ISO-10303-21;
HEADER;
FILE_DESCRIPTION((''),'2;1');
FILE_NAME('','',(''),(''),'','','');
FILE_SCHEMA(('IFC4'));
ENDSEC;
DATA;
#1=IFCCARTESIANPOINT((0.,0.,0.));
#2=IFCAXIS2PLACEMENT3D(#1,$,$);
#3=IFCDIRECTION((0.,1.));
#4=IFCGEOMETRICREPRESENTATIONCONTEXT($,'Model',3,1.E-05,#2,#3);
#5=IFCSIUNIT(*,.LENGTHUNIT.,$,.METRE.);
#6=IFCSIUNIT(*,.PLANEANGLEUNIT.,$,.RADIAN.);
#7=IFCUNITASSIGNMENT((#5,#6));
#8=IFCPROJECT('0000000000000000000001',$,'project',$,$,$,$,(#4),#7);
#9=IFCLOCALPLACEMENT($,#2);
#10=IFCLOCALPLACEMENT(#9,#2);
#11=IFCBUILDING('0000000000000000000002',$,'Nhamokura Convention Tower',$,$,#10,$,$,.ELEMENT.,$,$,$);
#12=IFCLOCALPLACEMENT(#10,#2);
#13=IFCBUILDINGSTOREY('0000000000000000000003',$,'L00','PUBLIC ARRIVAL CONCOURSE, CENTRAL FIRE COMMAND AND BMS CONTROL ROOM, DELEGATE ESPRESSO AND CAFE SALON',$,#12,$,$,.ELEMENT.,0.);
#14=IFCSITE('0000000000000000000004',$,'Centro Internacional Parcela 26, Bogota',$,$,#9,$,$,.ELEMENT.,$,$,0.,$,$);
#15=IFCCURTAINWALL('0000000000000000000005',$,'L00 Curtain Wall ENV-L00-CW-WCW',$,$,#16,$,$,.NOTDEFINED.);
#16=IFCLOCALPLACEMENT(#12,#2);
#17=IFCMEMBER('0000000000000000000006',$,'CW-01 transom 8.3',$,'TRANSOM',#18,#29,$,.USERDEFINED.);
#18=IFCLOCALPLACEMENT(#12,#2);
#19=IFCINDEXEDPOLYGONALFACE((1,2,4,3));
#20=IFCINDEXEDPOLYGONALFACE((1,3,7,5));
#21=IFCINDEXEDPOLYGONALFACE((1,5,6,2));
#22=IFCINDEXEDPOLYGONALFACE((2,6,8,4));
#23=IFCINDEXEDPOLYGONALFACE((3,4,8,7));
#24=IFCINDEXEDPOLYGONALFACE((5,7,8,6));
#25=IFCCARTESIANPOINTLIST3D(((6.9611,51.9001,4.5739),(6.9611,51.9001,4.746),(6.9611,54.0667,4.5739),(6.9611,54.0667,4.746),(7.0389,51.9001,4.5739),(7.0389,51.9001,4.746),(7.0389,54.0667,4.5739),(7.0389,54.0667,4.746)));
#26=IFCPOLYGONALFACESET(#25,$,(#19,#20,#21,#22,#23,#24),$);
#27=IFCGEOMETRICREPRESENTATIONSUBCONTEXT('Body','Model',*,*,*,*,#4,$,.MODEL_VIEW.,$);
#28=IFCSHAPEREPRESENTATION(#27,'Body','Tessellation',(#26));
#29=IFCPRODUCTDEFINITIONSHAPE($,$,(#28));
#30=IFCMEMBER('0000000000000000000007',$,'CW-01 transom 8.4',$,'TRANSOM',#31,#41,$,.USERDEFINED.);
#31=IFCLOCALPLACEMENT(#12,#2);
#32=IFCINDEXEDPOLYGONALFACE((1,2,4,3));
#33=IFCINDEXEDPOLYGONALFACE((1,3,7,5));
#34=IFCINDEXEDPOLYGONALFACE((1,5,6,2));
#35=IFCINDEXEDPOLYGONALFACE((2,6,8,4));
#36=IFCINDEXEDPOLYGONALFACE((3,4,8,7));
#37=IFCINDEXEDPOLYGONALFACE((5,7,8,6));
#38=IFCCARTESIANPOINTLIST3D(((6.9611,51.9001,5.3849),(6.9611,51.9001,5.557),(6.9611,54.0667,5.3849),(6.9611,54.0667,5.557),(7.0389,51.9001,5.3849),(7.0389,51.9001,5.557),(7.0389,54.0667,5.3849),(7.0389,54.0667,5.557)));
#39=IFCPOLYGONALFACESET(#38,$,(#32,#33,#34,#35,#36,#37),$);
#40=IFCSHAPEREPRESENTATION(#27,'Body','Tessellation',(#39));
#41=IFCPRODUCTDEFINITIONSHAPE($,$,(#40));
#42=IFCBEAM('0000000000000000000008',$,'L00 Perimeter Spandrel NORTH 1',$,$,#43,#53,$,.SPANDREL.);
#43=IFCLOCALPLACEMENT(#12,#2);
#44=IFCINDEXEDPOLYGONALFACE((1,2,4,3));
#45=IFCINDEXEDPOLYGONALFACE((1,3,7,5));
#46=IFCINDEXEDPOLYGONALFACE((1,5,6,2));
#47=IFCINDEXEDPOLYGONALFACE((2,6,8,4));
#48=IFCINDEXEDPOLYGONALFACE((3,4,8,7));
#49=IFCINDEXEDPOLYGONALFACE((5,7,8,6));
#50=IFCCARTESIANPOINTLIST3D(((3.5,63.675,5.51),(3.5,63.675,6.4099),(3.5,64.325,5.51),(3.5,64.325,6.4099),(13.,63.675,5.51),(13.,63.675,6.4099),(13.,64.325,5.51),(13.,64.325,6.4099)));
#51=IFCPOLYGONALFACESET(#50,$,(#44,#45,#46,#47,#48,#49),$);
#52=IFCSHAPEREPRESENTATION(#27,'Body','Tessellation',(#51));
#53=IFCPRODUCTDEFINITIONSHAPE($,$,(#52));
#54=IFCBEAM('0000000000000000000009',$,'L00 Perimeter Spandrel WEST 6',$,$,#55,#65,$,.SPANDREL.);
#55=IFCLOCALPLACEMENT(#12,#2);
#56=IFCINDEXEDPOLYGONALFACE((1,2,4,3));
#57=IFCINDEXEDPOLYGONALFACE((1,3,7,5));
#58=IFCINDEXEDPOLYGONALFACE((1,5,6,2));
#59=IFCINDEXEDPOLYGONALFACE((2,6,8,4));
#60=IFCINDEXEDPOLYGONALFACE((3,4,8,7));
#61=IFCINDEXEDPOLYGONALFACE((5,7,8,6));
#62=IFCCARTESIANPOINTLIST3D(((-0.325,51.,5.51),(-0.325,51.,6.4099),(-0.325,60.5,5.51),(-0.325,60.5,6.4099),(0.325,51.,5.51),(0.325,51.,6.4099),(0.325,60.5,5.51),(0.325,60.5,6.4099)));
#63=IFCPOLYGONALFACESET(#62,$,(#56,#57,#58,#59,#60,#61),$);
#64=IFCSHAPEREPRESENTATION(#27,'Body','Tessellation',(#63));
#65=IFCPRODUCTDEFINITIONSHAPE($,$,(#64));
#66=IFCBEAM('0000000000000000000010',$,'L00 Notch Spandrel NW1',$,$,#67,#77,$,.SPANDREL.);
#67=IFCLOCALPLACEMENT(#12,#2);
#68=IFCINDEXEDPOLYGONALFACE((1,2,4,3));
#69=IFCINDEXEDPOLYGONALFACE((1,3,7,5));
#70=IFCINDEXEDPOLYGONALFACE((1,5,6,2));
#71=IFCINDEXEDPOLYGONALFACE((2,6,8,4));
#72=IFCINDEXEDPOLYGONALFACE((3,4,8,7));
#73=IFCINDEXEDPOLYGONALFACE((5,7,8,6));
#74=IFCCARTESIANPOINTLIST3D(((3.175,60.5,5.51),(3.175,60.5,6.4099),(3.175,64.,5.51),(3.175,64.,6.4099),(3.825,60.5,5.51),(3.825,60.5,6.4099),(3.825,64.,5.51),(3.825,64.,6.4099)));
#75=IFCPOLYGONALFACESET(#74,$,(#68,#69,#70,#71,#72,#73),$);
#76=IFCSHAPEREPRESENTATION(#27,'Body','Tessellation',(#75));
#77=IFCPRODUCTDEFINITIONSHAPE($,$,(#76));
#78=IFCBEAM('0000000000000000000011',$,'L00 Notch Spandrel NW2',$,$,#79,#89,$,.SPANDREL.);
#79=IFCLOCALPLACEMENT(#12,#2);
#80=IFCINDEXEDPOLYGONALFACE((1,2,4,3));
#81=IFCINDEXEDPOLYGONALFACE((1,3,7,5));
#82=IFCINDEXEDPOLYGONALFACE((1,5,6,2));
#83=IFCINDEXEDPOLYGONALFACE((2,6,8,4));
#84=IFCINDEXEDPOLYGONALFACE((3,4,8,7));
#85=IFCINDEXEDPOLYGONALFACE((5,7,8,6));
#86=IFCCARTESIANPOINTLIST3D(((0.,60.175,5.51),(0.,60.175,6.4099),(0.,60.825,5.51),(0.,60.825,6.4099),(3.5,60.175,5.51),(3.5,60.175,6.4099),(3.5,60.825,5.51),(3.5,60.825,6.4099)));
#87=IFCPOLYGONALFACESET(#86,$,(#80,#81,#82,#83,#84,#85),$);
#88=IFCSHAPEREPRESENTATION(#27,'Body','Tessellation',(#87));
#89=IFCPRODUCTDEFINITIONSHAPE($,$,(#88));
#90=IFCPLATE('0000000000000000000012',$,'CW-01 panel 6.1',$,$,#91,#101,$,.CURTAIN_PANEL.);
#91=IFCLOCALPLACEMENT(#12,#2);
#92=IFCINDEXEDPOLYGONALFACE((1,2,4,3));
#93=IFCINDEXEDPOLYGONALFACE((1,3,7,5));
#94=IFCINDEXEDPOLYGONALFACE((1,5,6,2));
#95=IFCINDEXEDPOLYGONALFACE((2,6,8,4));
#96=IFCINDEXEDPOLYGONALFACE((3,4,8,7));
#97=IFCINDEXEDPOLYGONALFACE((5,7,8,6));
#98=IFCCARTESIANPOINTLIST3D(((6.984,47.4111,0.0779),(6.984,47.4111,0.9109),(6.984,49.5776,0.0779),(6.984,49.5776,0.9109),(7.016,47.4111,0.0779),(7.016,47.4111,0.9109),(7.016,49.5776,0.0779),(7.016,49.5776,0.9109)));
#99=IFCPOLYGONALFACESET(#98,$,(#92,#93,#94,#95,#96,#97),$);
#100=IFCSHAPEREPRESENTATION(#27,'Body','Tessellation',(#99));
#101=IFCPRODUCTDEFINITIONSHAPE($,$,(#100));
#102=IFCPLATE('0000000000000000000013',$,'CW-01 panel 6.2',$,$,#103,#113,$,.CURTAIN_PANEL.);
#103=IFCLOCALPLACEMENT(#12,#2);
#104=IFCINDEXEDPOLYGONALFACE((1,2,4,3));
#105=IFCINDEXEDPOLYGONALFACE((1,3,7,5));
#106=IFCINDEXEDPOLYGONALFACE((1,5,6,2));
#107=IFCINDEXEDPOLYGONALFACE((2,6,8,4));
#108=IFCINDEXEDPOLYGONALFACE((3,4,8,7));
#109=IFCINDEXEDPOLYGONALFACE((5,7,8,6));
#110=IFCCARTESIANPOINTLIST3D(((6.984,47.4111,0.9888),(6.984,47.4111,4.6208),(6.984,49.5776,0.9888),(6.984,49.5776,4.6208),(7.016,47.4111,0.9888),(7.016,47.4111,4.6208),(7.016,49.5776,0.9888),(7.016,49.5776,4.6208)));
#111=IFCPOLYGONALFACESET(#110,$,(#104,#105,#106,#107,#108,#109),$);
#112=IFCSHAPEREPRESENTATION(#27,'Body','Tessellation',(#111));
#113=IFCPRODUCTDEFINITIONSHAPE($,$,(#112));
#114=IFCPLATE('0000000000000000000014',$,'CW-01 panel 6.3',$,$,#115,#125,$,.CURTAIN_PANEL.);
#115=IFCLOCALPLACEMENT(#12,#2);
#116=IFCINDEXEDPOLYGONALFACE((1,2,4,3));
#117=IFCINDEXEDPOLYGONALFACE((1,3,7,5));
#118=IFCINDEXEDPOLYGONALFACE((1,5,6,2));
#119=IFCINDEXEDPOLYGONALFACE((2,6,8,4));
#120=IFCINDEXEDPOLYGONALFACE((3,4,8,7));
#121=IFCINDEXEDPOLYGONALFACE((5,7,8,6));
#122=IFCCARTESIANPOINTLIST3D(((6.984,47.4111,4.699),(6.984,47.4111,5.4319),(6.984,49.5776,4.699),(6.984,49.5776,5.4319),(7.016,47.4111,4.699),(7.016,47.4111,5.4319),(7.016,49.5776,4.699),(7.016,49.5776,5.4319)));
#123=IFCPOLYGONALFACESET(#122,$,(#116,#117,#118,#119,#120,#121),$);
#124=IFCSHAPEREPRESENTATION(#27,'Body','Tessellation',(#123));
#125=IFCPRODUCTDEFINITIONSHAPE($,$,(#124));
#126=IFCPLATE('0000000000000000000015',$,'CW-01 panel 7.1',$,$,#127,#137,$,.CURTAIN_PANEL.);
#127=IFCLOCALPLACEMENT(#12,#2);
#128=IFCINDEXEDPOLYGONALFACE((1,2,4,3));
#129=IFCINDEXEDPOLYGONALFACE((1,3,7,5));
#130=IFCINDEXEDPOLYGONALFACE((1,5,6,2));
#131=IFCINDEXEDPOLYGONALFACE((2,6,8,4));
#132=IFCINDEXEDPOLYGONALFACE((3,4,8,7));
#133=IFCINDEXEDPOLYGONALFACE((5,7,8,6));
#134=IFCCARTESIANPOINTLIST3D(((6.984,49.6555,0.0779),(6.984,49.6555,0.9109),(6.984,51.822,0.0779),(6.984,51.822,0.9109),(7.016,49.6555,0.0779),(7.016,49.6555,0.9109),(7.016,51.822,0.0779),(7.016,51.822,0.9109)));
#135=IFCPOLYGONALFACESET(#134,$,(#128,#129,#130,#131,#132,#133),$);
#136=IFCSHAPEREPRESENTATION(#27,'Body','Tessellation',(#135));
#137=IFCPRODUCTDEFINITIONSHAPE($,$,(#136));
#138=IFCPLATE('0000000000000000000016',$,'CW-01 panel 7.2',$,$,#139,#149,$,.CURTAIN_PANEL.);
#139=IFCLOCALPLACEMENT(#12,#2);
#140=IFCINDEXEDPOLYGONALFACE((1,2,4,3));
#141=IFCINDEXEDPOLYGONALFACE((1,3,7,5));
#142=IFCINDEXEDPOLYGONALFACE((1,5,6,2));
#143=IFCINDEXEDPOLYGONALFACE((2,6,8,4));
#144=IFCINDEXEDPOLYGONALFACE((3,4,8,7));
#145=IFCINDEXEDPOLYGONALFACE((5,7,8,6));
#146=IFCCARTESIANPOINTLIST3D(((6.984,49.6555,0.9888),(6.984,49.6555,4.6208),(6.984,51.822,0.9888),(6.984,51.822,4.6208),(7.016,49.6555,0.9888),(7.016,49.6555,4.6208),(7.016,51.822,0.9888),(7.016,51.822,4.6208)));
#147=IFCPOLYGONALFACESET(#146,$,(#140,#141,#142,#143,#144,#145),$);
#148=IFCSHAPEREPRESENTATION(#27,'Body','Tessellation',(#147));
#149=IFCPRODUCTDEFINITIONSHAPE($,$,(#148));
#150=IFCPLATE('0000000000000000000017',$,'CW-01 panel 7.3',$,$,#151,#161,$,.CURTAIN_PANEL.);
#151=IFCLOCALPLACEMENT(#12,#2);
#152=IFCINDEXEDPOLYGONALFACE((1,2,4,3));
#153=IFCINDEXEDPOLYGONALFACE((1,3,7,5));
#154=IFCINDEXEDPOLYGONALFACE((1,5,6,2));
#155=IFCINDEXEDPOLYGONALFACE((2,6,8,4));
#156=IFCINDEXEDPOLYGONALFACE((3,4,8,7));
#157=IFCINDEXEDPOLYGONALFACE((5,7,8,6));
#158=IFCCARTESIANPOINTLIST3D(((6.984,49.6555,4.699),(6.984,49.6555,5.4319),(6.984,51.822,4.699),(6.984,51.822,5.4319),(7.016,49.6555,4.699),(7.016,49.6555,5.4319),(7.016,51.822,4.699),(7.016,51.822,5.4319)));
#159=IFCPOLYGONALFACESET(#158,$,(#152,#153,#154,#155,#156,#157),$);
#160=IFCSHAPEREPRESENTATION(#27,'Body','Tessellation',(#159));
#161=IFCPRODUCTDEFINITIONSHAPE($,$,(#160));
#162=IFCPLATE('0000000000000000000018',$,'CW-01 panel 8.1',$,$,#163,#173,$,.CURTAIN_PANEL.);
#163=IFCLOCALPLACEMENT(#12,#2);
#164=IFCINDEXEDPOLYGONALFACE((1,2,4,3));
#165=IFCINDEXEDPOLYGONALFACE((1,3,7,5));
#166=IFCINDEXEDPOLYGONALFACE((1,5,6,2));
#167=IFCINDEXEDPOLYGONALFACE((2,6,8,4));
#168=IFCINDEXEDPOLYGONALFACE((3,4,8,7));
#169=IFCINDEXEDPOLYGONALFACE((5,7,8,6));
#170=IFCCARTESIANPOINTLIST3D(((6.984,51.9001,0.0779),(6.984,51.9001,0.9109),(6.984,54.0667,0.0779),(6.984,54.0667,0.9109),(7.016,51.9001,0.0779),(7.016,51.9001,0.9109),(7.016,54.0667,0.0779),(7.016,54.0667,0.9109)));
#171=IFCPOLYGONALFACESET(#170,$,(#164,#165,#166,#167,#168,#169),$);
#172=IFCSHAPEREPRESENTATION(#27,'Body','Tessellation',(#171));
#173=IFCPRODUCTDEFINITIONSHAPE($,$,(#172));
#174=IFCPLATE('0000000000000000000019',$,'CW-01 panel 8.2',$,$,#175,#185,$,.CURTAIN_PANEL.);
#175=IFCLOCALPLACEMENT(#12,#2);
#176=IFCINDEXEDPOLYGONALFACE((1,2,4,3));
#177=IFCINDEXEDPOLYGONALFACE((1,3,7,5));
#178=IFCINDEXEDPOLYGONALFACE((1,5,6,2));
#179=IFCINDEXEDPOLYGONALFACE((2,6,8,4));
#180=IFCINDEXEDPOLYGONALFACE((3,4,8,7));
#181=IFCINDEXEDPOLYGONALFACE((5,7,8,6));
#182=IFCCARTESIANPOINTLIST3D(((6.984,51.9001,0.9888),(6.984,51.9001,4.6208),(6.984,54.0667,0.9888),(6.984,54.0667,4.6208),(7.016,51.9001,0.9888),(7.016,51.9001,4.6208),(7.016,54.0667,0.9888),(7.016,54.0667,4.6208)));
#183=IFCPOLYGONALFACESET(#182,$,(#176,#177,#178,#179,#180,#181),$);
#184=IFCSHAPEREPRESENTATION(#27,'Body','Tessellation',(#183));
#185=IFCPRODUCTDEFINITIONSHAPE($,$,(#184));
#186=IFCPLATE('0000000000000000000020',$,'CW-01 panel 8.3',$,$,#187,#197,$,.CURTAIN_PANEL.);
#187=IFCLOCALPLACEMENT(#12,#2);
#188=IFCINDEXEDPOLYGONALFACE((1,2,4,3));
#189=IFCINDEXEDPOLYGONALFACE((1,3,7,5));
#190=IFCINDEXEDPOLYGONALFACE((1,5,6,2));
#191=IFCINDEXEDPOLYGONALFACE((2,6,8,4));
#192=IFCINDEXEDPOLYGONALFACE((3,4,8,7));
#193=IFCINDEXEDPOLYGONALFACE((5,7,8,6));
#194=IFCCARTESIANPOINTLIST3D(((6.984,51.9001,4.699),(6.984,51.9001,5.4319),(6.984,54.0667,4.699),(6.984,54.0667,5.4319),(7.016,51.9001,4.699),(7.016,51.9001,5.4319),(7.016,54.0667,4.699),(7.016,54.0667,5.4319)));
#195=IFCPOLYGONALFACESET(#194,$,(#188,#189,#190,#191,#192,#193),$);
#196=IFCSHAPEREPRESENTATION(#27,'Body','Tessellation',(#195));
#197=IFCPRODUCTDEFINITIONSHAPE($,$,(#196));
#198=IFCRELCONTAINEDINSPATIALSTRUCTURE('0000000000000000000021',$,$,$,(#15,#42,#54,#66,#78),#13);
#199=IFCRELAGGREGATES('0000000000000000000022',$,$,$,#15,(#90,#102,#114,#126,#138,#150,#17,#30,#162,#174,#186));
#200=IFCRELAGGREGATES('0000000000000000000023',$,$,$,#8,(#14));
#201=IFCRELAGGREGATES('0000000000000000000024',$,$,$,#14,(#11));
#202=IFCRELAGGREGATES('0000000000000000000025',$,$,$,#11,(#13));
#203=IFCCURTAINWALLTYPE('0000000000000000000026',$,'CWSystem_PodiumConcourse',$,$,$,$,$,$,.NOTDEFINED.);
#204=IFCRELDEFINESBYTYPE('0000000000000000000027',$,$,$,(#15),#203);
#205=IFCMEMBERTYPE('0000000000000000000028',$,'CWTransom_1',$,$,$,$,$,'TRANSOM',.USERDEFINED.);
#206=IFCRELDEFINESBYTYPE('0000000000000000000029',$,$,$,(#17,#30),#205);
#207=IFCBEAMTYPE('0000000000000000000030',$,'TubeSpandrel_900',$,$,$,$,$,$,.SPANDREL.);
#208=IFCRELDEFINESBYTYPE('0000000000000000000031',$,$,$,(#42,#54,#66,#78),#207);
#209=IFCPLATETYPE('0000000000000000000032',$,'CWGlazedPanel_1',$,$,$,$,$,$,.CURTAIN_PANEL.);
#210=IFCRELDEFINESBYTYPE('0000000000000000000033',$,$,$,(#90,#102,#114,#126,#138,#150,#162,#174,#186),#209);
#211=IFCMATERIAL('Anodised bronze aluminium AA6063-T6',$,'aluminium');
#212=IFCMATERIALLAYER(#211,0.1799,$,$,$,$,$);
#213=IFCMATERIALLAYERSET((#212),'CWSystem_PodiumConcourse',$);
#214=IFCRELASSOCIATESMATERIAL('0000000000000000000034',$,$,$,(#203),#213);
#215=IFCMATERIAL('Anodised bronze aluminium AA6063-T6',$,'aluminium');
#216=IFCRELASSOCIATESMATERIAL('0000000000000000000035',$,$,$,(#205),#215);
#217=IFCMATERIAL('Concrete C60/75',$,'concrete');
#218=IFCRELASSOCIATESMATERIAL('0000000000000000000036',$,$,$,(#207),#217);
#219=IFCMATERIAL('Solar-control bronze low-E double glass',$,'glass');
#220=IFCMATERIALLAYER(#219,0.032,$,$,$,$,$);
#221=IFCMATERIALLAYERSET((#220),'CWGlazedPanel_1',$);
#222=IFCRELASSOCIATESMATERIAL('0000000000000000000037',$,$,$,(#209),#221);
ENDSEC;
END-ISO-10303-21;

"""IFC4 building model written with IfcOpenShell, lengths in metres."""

from ifc_helpers import new_model, si_unit, direction, frame, origin, origin_2d, place, context, subcontext, project, spatial, rectangle, extrude, material, layer, layer_set, material_profile, profile_set, type_object, element, aggregate, save


model = new_model("IFC4")

# Units and contexts
model_context = context("Model", 3, precision=1e-05, world=origin(), true_north=direction((0.0, 1.0)))
body_context = subcontext(model_context, "Body", "Model", "MODEL_VIEW")
ifc_project = project(units=[si_unit("LENGTHUNIT", "METRE"), si_unit("PLANEANGLEUNIT", "RADIAN")], contexts=[model_context])

# Site, building, storey
site_placement = place(None, origin())
site = spatial("IfcSite", under=ifc_project, at=site_placement, Name="Centro Internacional Parcela 26, Bogota", CompositionType="ELEMENT", RefElevation=0.0)
building_placement = place(site_placement, origin())
building = spatial("IfcBuilding", under=site, at=building_placement, Name="Nhamokura Convention Tower", CompositionType="ELEMENT")
storey_placement = place(building_placement, origin())
storey = spatial("IfcBuildingStorey", under=building, at=storey_placement, Name="L00", Description="PUBLIC ARRIVAL CONCOURSE, CENTRAL FIRE COMMAND AND BMS CONTROL ROOM, DELEGATE ESPRESSO AND CAFE SALON", CompositionType="ELEMENT", Elevation=0.0)

# Curtain wall, members
ifc_material_1 = material(Name="Anodised bronze aluminium AA6063-T6", Category="aluminium")
ifc_layer_1 = layer(ifc_material_1, 0.1799)
ifc_layer_set_1 = layer_set([ifc_layer_1], Name="CWSystem_PodiumConcourse")
curtain_wall_type = type_object("IfcCurtainWallType", Name="CWSystem_PodiumConcourse", PredefinedType="NOTDEFINED", material=ifc_layer_set_1)
curtain_wall_placement = place(storey_placement, origin())
curtain_wall = element("IfcCurtainWall", 1, at=curtain_wall_placement, inside=storey, type_object=curtain_wall_type, Name="L00 Curtain Wall ENV-L00-CW-WCW", PredefinedType="NOTDEFINED")
ifc_material_2 = material(Name="Anodised bronze aluminium AA6063-T6", Category="aluminium")
ifc_material_profile_1 = material_profile(ifc_material_2, rectangle(XDim=0.0779, YDim=0.1721, at=origin_2d()))
ifc_profile_set_1 = profile_set([ifc_material_profile_1], Name="Anodised bronze aluminium AA6063-T6")
member_type_1 = type_object("IfcMemberType", Name="CWTransom_1", ElementType="TRANSOM", PredefinedType="USERDEFINED", material=ifc_profile_set_1)
member_1_placement = place(storey_placement, frame((7.0, 51.9001, 4.6599), z_axis=(0.0, 1.0, 0.0), x_axis=(-1.0, 0.0, 0.0)))
member_1 = element("IfcMember", 2, at=member_1_placement, type_object=member_type_1, Name="CW-01 transom 8.3", ObjectType="TRANSOM", PredefinedType="USERDEFINED", context=body_context, shape_type="SweptSolid", body=[
    extrude(rectangle(XDim=0.0779, YDim=0.1721, at=origin_2d()), origin(), (0.0, 0.0, 1.0), 2.1665),
])
member_2_placement = place(storey_placement, frame((7.0, 51.9001, 5.4709), z_axis=(0.0, 1.0, 0.0), x_axis=(-1.0, 0.0, 0.0)))
member_2 = element("IfcMember", 3, at=member_2_placement, type_object=member_type_1, Name="CW-01 transom 8.4", ObjectType="TRANSOM", PredefinedType="USERDEFINED", context=body_context, shape_type="SweptSolid", body=[
    extrude(rectangle(XDim=0.0779, YDim=0.1721, at=origin_2d()), origin(), (0.0, 0.0, 1.0), 2.1665),
])

# Beams
ifc_material_3 = material(Name="Concrete C60/75", Category="concrete")
ifc_material_profile_2 = material_profile(ifc_material_3, rectangle(XDim=0.6499, YDim=0.8999, at=origin_2d()))
ifc_profile_set_2 = profile_set([ifc_material_profile_2], Name="Concrete C60/75")
beam_type = type_object("IfcBeamType", Name="TubeSpandrel_900", PredefinedType="SPANDREL", material=ifc_profile_set_2)
for number, where, z_axis, x_axis, name in (
    (4, (3.5, 64.0, 5.96), (1.0, 0.0, 0.0), (0.0, 1.0, 0.0), "L00 Perimeter Spandrel NORTH 1"),
    (5, (0.0, 51.0, 5.96), (0.0, 1.0, 0.0), (-1.0, 0.0, 0.0), "L00 Perimeter Spandrel WEST 6"),
):
    element("IfcBeam", number, at=place(storey_placement, frame(where, z_axis=z_axis, x_axis=x_axis)), inside=storey, type_object=beam_type, Name=name, PredefinedType="SPANDREL", context=body_context, shape_type="SweptSolid", body=[
        extrude(rectangle(XDim=0.6499, YDim=0.8999, at=origin_2d()), origin(), (0.0, 0.0, 1.0), 9.5),
    ])
for number, where, z_axis, x_axis, name in (
    (6, (3.5, 64.0, 5.96), (0.0, -1.0, 0.0), (1.0, 0.0, 0.0), "L00 Notch Spandrel NW1"),
    (7, (3.5, 60.5, 5.96), (-1.0, 0.0, 0.0), (0.0, -1.0, 0.0), "L00 Notch Spandrel NW2"),
):
    element("IfcBeam", number, at=place(storey_placement, frame(where, z_axis=z_axis, x_axis=x_axis)), inside=storey, type_object=beam_type, Name=name, PredefinedType="SPANDREL", context=body_context, shape_type="SweptSolid", body=[
        extrude(rectangle(XDim=0.6499, YDim=0.8999, at=origin_2d()), origin(), (0.0, 0.0, 1.0), 3.5),
    ])

# Plates
ifc_material_4 = material(Name="Solar-control bronze low-E double glass", Category="glass")
ifc_layer_2 = layer(ifc_material_4, 0.032)
ifc_layer_set_2 = layer_set([ifc_layer_2], Name="CWGlazedPanel_1")
plate_type = type_object("IfcPlateType", Name="CWGlazedPanel_1", PredefinedType="CURTAIN_PANEL", material=ifc_layer_set_2)
plate_1_placement = place(storey_placement, frame((7.0, 48.4944, 0.0779), z_axis=(0.0, 0.0, 1.0), x_axis=(0.0, 1.0, 0.0)))
plate_1 = element("IfcPlate", 8, at=plate_1_placement, type_object=plate_type, Name="CW-01 panel 6.1", PredefinedType="CURTAIN_PANEL", context=body_context, shape_type="SweptSolid", body=[
    extrude(rectangle(XDim=2.1665, YDim=0.032, at=origin_2d()), origin(), (0.0, 0.0, 1.0), 0.833),
])
plate_2_placement = place(storey_placement, frame((7.0, 48.4944, 0.9888), z_axis=(0.0, 0.0, 1.0), x_axis=(0.0, 1.0, 0.0)))
plate_2 = element("IfcPlate", 9, at=plate_2_placement, type_object=plate_type, Name="CW-01 panel 6.2", PredefinedType="CURTAIN_PANEL", context=body_context, shape_type="SweptSolid", body=[
    extrude(rectangle(XDim=2.1665, YDim=0.032, at=origin_2d()), origin(), (0.0, 0.0, 1.0), 3.6321),
])
plate_3_placement = place(storey_placement, frame((7.0, 48.4944, 4.699), z_axis=(0.0, 0.0, 1.0), x_axis=(0.0, 1.0, 0.0)))
plate_3 = element("IfcPlate", 10, at=plate_3_placement, type_object=plate_type, Name="CW-01 panel 6.3", PredefinedType="CURTAIN_PANEL", context=body_context, shape_type="SweptSolid", body=[
    extrude(rectangle(XDim=2.1665, YDim=0.032, at=origin_2d()), origin(), (0.0, 0.0, 1.0), 0.7329),
])
plate_4_placement = place(storey_placement, frame((7.0, 50.7388, 0.0779), z_axis=(0.0, 0.0, 1.0), x_axis=(0.0, 1.0, 0.0)))
plate_4 = element("IfcPlate", 11, at=plate_4_placement, type_object=plate_type, Name="CW-01 panel 7.1", PredefinedType="CURTAIN_PANEL", context=body_context, shape_type="SweptSolid", body=[
    extrude(rectangle(XDim=2.1665, YDim=0.032, at=origin_2d()), origin(), (0.0, 0.0, 1.0), 0.833),
])
plate_5_placement = place(storey_placement, frame((7.0, 50.7388, 0.9888), z_axis=(0.0, 0.0, 1.0), x_axis=(0.0, 1.0, 0.0)))
plate_5 = element("IfcPlate", 12, at=plate_5_placement, type_object=plate_type, Name="CW-01 panel 7.2", PredefinedType="CURTAIN_PANEL", context=body_context, shape_type="SweptSolid", body=[
    extrude(rectangle(XDim=2.1665, YDim=0.032, at=origin_2d()), origin(), (0.0, 0.0, 1.0), 3.6321),
])
plate_6_placement = place(storey_placement, frame((7.0, 50.7388, 4.699), z_axis=(0.0, 0.0, 1.0), x_axis=(0.0, 1.0, 0.0)))
plate_6 = element("IfcPlate", 13, at=plate_6_placement, type_object=plate_type, Name="CW-01 panel 7.3", PredefinedType="CURTAIN_PANEL", context=body_context, shape_type="SweptSolid", body=[
    extrude(rectangle(XDim=2.1665, YDim=0.032, at=origin_2d()), origin(), (0.0, 0.0, 1.0), 0.7329),
])
plate_7_placement = place(storey_placement, frame((7.0, 52.9834, 0.0779), z_axis=(0.0, 0.0, 1.0), x_axis=(0.0, 1.0, 0.0)))
plate_7 = element("IfcPlate", 14, at=plate_7_placement, type_object=plate_type, Name="CW-01 panel 8.1", PredefinedType="CURTAIN_PANEL", context=body_context, shape_type="SweptSolid", body=[
    extrude(rectangle(XDim=2.1665, YDim=0.032, at=origin_2d()), origin(), (0.0, 0.0, 1.0), 0.833),
])
plate_8_placement = place(storey_placement, frame((7.0, 52.9834, 0.9888), z_axis=(0.0, 0.0, 1.0), x_axis=(0.0, 1.0, 0.0)))
plate_8 = element("IfcPlate", 15, at=plate_8_placement, type_object=plate_type, Name="CW-01 panel 8.2", PredefinedType="CURTAIN_PANEL", context=body_context, shape_type="SweptSolid", body=[
    extrude(rectangle(XDim=2.1665, YDim=0.032, at=origin_2d()), origin(), (0.0, 0.0, 1.0), 3.6321),
])
plate_9_placement = place(storey_placement, frame((7.0, 52.9834, 4.699), z_axis=(0.0, 0.0, 1.0), x_axis=(0.0, 1.0, 0.0)))
plate_9 = element("IfcPlate", 16, at=plate_9_placement, type_object=plate_type, Name="CW-01 panel 8.3", PredefinedType="CURTAIN_PANEL", context=body_context, shape_type="SweptSolid", body=[
    extrude(rectangle(XDim=2.1665, YDim=0.032, at=origin_2d()), origin(), (0.0, 0.0, 1.0), 0.7329),
])
aggregate(curtain_wall, [plate_1, plate_2, plate_3, plate_4, plate_5, plate_6, member_1, member_2, plate_7, plate_8, plate_9])

save(model, "model.ifc")
